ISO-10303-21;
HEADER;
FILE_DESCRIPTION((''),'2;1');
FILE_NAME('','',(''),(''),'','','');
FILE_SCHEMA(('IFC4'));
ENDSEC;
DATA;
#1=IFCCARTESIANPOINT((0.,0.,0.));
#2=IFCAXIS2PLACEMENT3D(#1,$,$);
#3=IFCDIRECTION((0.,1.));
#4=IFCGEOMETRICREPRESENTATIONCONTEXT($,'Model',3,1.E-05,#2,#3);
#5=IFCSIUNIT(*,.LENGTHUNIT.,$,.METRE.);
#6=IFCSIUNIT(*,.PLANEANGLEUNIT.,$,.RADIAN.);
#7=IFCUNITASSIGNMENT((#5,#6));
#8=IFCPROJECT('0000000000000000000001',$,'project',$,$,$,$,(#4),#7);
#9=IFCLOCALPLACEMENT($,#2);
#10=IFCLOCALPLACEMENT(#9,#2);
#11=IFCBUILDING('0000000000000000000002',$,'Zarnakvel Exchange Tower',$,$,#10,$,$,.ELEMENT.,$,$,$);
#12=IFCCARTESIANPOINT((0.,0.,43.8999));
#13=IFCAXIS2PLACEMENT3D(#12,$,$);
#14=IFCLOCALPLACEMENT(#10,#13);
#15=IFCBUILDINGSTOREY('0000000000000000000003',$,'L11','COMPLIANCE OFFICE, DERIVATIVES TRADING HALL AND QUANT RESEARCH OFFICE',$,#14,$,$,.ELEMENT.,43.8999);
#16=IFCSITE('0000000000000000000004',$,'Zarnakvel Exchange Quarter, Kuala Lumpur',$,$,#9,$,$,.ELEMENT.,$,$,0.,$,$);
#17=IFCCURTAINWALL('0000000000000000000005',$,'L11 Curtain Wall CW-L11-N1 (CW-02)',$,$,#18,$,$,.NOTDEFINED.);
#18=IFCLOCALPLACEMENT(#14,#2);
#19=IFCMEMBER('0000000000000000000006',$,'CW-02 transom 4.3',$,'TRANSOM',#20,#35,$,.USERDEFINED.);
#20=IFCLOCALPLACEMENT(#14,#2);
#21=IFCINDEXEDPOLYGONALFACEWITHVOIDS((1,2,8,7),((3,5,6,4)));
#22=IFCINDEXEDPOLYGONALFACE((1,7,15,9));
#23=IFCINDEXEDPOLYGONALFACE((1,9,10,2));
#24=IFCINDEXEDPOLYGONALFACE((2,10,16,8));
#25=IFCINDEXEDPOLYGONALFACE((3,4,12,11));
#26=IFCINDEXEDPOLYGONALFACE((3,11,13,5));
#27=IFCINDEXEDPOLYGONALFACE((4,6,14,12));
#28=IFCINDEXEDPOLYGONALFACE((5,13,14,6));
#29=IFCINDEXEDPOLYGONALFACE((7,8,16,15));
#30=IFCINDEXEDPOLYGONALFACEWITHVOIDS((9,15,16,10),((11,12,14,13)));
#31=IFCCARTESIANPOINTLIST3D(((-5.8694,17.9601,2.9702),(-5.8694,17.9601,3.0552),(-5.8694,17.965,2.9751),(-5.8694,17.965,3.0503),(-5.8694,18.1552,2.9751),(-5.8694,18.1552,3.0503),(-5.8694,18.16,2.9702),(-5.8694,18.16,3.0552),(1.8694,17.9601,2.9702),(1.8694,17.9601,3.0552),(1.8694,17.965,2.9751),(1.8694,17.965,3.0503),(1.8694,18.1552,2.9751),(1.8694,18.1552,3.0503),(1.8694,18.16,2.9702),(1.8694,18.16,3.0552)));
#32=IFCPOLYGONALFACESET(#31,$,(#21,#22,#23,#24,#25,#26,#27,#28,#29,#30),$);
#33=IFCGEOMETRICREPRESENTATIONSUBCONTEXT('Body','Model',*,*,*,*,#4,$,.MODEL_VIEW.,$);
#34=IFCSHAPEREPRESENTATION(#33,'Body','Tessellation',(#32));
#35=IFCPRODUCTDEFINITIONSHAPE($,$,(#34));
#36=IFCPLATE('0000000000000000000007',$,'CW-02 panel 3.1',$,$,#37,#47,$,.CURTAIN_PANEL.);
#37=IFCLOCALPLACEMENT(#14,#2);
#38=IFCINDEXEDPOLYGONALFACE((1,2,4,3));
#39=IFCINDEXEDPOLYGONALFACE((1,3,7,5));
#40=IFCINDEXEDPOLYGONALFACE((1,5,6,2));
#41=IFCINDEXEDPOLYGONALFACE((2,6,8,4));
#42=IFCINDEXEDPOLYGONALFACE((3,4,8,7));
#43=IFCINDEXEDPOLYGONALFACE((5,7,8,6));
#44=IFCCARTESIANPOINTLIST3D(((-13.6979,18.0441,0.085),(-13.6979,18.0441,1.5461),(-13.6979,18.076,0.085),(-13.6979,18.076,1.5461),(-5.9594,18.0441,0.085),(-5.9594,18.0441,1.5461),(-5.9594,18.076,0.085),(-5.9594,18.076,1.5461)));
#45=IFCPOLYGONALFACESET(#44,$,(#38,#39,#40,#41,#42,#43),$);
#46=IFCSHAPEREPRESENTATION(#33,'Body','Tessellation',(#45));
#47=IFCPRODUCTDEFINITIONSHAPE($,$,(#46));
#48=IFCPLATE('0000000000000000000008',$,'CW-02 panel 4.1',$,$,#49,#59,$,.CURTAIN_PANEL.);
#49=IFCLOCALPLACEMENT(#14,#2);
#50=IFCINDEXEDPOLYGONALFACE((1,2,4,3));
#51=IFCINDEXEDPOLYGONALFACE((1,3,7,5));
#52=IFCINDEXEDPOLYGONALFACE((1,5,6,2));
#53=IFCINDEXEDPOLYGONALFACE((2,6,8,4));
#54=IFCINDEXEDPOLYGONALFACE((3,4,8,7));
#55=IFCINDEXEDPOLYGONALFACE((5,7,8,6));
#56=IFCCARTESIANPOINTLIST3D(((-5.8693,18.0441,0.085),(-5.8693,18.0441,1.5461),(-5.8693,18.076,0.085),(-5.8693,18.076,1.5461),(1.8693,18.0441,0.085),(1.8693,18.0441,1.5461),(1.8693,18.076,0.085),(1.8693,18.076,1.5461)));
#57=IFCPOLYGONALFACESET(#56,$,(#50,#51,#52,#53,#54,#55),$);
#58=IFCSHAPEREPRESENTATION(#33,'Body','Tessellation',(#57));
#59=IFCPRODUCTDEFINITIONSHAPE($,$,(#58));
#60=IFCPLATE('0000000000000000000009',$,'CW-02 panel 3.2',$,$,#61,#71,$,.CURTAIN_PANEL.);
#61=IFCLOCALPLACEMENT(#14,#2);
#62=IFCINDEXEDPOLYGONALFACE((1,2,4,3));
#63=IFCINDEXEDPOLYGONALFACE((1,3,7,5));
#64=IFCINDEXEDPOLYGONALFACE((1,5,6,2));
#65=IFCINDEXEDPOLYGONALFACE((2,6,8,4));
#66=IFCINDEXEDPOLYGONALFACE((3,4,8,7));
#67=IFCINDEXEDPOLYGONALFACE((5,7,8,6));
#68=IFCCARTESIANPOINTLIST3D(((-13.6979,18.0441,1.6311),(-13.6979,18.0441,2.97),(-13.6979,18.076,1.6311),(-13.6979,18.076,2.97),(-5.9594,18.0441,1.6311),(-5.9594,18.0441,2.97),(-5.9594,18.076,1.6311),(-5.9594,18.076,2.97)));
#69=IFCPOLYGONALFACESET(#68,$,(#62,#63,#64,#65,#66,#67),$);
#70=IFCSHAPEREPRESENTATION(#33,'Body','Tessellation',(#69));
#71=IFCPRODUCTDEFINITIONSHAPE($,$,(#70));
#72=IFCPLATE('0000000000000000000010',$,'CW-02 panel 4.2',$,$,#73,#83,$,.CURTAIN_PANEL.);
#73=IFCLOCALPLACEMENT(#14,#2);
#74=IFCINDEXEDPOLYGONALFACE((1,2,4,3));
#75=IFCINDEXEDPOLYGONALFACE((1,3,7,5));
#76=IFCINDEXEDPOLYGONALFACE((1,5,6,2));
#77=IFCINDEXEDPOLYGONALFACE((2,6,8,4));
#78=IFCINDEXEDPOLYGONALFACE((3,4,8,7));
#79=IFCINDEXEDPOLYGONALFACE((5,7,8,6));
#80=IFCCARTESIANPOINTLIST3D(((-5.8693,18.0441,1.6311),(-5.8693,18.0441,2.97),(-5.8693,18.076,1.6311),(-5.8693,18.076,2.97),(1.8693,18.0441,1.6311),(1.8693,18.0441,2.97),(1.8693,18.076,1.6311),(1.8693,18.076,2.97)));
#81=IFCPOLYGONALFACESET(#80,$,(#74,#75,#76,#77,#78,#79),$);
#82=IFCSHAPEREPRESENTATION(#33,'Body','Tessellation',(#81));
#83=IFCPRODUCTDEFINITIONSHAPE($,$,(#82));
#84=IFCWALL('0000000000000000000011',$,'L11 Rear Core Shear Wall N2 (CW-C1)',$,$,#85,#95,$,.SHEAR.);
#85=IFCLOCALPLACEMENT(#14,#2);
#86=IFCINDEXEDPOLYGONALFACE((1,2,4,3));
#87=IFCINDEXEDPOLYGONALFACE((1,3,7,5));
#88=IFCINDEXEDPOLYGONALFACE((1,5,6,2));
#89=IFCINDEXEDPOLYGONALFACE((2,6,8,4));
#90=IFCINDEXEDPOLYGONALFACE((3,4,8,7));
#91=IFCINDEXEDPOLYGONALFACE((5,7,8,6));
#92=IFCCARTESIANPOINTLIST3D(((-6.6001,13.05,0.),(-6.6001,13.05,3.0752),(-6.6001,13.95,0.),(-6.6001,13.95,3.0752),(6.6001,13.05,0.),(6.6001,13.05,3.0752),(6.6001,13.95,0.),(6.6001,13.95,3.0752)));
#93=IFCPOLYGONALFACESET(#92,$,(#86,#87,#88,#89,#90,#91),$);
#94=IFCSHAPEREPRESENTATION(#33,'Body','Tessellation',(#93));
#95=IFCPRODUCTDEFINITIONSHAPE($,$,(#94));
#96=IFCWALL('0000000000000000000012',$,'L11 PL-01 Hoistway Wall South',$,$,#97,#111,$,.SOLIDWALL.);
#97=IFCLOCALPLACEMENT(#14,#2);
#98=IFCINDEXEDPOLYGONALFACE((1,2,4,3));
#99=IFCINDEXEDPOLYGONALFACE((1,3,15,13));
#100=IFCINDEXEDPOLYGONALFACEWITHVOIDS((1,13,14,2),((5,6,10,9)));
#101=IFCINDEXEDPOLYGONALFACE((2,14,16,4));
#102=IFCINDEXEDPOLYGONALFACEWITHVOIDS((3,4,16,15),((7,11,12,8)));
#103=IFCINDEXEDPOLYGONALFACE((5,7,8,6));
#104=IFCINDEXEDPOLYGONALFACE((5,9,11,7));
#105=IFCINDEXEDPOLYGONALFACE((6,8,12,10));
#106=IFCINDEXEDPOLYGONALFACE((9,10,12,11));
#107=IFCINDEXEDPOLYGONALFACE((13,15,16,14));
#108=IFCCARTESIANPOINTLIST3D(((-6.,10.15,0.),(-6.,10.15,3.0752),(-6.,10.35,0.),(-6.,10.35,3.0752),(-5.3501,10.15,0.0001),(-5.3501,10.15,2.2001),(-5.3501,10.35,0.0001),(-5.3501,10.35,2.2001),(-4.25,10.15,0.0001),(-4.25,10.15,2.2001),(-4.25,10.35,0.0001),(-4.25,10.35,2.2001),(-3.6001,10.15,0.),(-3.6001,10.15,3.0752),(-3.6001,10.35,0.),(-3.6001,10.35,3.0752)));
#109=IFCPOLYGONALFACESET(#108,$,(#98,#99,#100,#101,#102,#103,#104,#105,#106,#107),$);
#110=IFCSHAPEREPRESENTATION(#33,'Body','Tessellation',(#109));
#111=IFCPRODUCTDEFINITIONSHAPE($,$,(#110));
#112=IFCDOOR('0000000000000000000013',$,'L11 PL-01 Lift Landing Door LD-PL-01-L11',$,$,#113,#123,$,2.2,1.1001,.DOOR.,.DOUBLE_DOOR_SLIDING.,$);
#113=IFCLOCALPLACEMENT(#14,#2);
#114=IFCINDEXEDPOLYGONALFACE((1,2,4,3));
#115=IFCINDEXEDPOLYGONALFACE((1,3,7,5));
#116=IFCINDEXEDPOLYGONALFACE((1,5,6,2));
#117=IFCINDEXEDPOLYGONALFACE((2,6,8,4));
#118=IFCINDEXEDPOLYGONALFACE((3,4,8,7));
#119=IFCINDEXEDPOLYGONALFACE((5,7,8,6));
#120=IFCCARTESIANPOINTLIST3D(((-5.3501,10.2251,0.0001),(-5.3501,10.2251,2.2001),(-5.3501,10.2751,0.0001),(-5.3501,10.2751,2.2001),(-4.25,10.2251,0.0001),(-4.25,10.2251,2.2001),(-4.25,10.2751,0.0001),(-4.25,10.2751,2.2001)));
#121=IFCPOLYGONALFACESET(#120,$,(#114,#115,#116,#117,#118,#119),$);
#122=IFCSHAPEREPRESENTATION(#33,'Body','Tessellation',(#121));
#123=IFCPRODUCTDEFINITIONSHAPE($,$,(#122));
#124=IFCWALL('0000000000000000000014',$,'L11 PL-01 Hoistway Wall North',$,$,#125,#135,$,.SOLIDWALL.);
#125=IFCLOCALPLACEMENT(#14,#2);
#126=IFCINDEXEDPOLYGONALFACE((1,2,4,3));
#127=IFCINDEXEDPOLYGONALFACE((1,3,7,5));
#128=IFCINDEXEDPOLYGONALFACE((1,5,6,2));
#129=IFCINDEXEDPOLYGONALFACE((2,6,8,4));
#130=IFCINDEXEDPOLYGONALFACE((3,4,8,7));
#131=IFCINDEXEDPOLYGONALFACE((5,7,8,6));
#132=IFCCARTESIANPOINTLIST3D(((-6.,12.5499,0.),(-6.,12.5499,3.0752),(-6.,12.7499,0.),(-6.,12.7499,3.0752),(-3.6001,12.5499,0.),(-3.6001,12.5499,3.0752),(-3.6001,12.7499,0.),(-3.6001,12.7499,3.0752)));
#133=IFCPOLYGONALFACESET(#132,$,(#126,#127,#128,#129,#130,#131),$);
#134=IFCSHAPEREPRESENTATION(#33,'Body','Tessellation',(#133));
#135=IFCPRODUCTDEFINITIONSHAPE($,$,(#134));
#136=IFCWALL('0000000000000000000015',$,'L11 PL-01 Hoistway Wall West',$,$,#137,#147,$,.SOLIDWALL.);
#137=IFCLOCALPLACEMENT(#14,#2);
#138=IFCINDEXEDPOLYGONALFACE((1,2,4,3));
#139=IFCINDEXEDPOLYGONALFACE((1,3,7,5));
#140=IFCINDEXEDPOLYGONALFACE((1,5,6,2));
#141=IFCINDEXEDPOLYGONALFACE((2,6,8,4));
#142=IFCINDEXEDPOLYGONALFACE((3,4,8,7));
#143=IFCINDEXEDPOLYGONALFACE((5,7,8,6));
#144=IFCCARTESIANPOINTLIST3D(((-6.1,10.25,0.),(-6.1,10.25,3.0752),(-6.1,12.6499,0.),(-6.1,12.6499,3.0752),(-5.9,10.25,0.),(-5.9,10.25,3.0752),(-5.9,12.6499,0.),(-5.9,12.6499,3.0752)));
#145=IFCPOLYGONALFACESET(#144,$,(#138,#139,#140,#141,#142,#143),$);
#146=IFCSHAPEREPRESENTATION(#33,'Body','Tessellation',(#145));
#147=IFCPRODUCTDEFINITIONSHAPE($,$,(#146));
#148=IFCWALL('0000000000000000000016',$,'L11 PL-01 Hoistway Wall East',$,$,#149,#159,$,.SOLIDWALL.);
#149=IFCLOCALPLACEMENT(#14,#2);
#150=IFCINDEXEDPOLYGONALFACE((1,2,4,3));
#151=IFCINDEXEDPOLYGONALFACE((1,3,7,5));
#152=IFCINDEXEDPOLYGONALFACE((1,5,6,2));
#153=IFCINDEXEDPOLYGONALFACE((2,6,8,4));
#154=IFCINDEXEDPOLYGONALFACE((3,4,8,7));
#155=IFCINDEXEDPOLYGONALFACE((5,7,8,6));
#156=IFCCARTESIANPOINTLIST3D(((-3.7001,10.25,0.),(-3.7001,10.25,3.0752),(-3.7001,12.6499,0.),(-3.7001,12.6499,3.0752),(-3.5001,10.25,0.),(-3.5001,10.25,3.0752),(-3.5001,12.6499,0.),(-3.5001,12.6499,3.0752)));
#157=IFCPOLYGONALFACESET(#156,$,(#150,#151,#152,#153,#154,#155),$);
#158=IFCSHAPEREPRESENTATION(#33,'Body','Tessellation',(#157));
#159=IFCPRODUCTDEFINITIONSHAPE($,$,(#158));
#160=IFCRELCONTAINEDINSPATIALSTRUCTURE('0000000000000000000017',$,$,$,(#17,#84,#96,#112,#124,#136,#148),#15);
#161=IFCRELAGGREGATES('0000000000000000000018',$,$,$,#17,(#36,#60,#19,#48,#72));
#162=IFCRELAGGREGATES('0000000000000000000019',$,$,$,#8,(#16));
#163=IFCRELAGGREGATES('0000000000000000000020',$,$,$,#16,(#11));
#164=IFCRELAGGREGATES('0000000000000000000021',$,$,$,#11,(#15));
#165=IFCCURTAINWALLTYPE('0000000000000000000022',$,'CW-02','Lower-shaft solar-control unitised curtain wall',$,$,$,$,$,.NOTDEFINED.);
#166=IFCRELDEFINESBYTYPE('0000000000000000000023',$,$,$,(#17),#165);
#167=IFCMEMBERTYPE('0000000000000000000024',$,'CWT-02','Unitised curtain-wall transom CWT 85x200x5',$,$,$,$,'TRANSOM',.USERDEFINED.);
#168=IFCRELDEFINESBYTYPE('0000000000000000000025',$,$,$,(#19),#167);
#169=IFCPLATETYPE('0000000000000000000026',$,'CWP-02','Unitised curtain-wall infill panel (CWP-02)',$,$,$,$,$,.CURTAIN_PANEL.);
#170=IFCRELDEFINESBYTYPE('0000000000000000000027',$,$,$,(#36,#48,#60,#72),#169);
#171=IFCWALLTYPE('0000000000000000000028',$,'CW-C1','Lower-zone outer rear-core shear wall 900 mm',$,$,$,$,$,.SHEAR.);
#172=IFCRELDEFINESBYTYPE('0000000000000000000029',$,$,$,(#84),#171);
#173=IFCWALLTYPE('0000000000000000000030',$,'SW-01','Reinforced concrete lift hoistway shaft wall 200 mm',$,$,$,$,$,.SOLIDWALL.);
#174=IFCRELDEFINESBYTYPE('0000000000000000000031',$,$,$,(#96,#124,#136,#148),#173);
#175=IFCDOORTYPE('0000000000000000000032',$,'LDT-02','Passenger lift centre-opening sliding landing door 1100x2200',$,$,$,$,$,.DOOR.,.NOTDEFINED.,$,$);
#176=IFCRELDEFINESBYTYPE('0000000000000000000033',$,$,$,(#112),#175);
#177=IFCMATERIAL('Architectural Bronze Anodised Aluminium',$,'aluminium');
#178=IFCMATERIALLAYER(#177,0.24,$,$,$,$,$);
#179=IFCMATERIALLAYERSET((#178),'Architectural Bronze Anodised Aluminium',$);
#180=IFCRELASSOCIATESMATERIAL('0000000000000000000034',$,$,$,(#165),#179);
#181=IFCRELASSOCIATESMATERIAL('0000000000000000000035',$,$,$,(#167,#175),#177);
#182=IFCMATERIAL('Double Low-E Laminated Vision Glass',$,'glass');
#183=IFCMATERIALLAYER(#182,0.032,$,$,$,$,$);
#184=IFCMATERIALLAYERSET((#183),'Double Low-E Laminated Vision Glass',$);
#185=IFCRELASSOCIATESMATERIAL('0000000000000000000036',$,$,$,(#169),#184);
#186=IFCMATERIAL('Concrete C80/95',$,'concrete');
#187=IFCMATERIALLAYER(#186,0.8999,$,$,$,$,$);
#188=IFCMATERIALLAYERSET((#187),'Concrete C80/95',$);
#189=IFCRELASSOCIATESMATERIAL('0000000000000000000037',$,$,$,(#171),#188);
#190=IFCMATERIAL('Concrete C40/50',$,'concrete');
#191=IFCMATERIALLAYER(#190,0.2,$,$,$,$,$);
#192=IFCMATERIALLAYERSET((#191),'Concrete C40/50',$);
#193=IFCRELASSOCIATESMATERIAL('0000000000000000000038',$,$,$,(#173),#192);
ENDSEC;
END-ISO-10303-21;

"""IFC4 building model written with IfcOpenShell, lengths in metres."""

from ifc_helpers import new_model, si_unit, direction, frame, frame_2d, origin, origin_2d, place, context, subcontext, project, spatial, rectangle, hollow_rectangle, extrude, source, transform, mapped, material, layer, layer_set, material_profile, profile_set, type_object, element, fill, aggregate, save


model = new_model("IFC4")

# Units and contexts
model_context = context("Model", 3, precision=1e-05, world=origin(), true_north=direction((0.0, 1.0)))
body_context = subcontext(model_context, "Body", "Model", "MODEL_VIEW")
ifc_project = project(units=[si_unit("LENGTHUNIT", "METRE"), si_unit("PLANEANGLEUNIT", "RADIAN")], contexts=[model_context])

# Site, building, storey
site_placement = place(None, origin())
site = spatial("IfcSite", under=ifc_project, at=site_placement, Name="Zarnakvel Exchange Quarter, Kuala Lumpur", CompositionType="ELEMENT", RefElevation=0.0)
building_placement = place(site_placement, origin())
building = spatial("IfcBuilding", under=site, at=building_placement, Name="Zarnakvel Exchange Tower", CompositionType="ELEMENT")
storey_placement = place(building_placement, frame((0.0, 0.0, 43.8999)))
storey = spatial("IfcBuildingStorey", under=building, at=storey_placement, Name="L11", Description="COMPLIANCE OFFICE, DERIVATIVES TRADING HALL AND QUANT RESEARCH OFFICE", CompositionType="ELEMENT", Elevation=43.8999)

# Shared definitions
ifc_material_1 = material(Name="Concrete C80/95", Category="concrete")

# Curtain wall, member, plates
ifc_material_2 = material(Name="Architectural Bronze Anodised Aluminium", Category="aluminium")
ifc_layer_1 = layer(ifc_material_2, 0.24)
ifc_layer_set_1 = layer_set([ifc_layer_1], Name="Architectural Bronze Anodised Aluminium")
curtain_wall_type = type_object("IfcCurtainWallType", Name="CW-02", Description="Lower-shaft solar-control unitised curtain wall", PredefinedType="NOTDEFINED", material=ifc_layer_set_1)
curtain_wall_placement = place(storey_placement, origin())
curtain_wall = element("IfcCurtainWall", 1, at=curtain_wall_placement, inside=storey, type_object=curtain_wall_type, Name="L11 Curtain Wall CW-L11-N1 (CW-02)", PredefinedType="NOTDEFINED")
ifc_material_profile_1 = material_profile(ifc_material_2, hollow_rectangle(XDim=0.2, YDim=0.085, WallThickness=0.0049, at=origin_2d()))
ifc_profile_set_1 = profile_set([ifc_material_profile_1], Name="Architectural Bronze Anodised Aluminium")
member_type_1 = type_object("IfcMemberType", Name="CWT-02", Description="Unitised curtain-wall transom CWT 85x200x5", ElementType="TRANSOM", PredefinedType="USERDEFINED", material=ifc_profile_set_1)
shared_shape_1 = source(origin(), body_context, "Body", "SweptSolid", [
    extrude(hollow_rectangle(XDim=0.2, YDim=0.085, WallThickness=0.0049, at=origin_2d()), origin(), (0.0, 0.0, 1.0), 7.7388),
])
member_1_placement = place(storey_placement, frame((-5.8694, 18.0601, 3.0127), z_axis=(1.0, 0.0, 0.0), x_axis=(0.0, 1.0, 0.0)))
member_1 = element("IfcMember", 2, at=member_1_placement, type_object=member_type_1, Name="CW-02 transom 4.3", ObjectType="TRANSOM", PredefinedType="USERDEFINED", context=body_context, shape_type="MappedRepresentation", body=[
    mapped(shared_shape_1, transform((0.0, 0.0, 0.0), x_axis=(1.0, 0.0, 0.0), y_axis=(0.0, 1.0, 0.0), z_axis=(0.0, 0.0, 1.0), scale=1.0)),
])
ifc_material_3 = material(Name="Double Low-E Laminated Vision Glass", Category="glass")
ifc_layer_2 = layer(ifc_material_3, 0.032)
ifc_layer_set_2 = layer_set([ifc_layer_2], Name="Double Low-E Laminated Vision Glass")
plate_type = type_object("IfcPlateType", Name="CWP-02", Description="Unitised curtain-wall infill panel (CWP-02)", PredefinedType="CURTAIN_PANEL", material=ifc_layer_set_2)
shared_shape_2 = source(origin(), body_context, "Body", "SweptSolid", [
    extrude(rectangle(XDim=7.7385, YDim=0.032, at=origin_2d()), origin(), (0.0, 0.0, 1.0), 1.4612),
])
plate_1_placement = place(storey_placement, frame((-9.8286, 18.0601, 0.085), z_axis=(0.0, 0.0, 1.0), x_axis=(1.0, 0.0, 0.0)))
plate_1 = element("IfcPlate", 3, at=plate_1_placement, type_object=plate_type, Name="CW-02 panel 3.1", PredefinedType="CURTAIN_PANEL", context=body_context, shape_type="MappedRepresentation", body=[
    mapped(shared_shape_2, transform((0.0, 0.0, 0.0), x_axis=(1.0, 0.0, 0.0), y_axis=(0.0, 1.0, 0.0), z_axis=(0.0, 0.0, 1.0), scale=1.0)),
])
plate_2_placement = place(storey_placement, frame((-2.0, 18.0601, 0.085), z_axis=(0.0, 0.0, 1.0), x_axis=(1.0, 0.0, 0.0)))
plate_2 = element("IfcPlate", 4, at=plate_2_placement, type_object=plate_type, Name="CW-02 panel 4.1", PredefinedType="CURTAIN_PANEL", context=body_context, shape_type="MappedRepresentation", body=[
    mapped(shared_shape_2, transform((0.0, 0.0, 0.0), x_axis=(1.0, 0.0, 0.0), y_axis=(0.0, 1.0, 0.0), z_axis=(0.0, 0.0, 1.0), scale=1.0)),
])
shared_shape_3 = source(origin(), body_context, "Body", "SweptSolid", [
    extrude(rectangle(XDim=7.7385, YDim=0.032, at=origin_2d()), origin(), (0.0, 0.0, 1.0), 1.3389),
])
plate_3_placement = place(storey_placement, frame((-9.8286, 18.0601, 1.6311), z_axis=(0.0, 0.0, 1.0), x_axis=(1.0, 0.0, 0.0)))
plate_3 = element("IfcPlate", 5, at=plate_3_placement, type_object=plate_type, Name="CW-02 panel 3.2", PredefinedType="CURTAIN_PANEL", context=body_context, shape_type="MappedRepresentation", body=[
    mapped(shared_shape_3, transform((0.0, 0.0, 0.0), x_axis=(1.0, 0.0, 0.0), y_axis=(0.0, 1.0, 0.0), z_axis=(0.0, 0.0, 1.0), scale=1.0)),
])
plate_4_placement = place(storey_placement, frame((-2.0, 18.0601, 1.6311), z_axis=(0.0, 0.0, 1.0), x_axis=(1.0, 0.0, 0.0)))
plate_4 = element("IfcPlate", 6, at=plate_4_placement, type_object=plate_type, Name="CW-02 panel 4.2", PredefinedType="CURTAIN_PANEL", context=body_context, shape_type="MappedRepresentation", body=[
    mapped(shared_shape_3, transform((0.0, 0.0, 0.0), x_axis=(1.0, 0.0, 0.0), y_axis=(0.0, 1.0, 0.0), z_axis=(0.0, 0.0, 1.0), scale=1.0)),
])
aggregate(curtain_wall, [plate_1, plate_3, member_1, plate_2, plate_4])

# Wall
ifc_layer_3 = layer(ifc_material_1, 0.8999)
ifc_layer_set_3 = layer_set([ifc_layer_3], Name="Concrete C80/95")
wall_type_1 = type_object("IfcWallType", Name="CW-C1", Description="Lower-zone outer rear-core shear wall 900 mm", PredefinedType="SHEAR", material=ifc_layer_set_3)
wall_1_placement = place(storey_placement, frame((-6.6001, 13.5, 0.0), z_axis=(0.0, 0.0, 1.0), x_axis=(1.0, 0.0, 0.0)))
element("IfcWall", 7, at=wall_1_placement, inside=storey, type_object=wall_type_1, Name="L11 Rear Core Shear Wall N2 (CW-C1)", PredefinedType="SHEAR", context=body_context, shape_type="SweptSolid", body=[
    extrude(rectangle(XDim=13.2002, YDim=0.8999, at=frame_2d((6.6001, 0.0))), origin(), (0.0, 0.0, 1.0), 3.0752),
])

# Wall, opening, door
ifc_material_4 = material(Name="Concrete C40/50", Category="concrete")
ifc_layer_4 = layer(ifc_material_4, 0.2)
ifc_layer_set_4 = layer_set([ifc_layer_4], Name="Concrete C40/50")
wall_type_2 = type_object("IfcWallType", Name="SW-01", Description="Reinforced concrete lift hoistway shaft wall 200 mm", PredefinedType="SOLIDWALL", material=ifc_layer_set_4)
wall_2_placement = place(storey_placement, frame((-3.6001, 10.25, 0.0), z_axis=(0.0, 0.0, 1.0), x_axis=(-1.0, 0.0, 0.0)))
wall_2 = element("IfcWall", 8, at=wall_2_placement, inside=storey, type_object=wall_type_2, Name="L11 PL-01 Hoistway Wall South", PredefinedType="SOLIDWALL", context=body_context, shape_type="SweptSolid", body=[
    extrude(rectangle(XDim=2.3999, YDim=0.2, at=frame_2d((1.2, 0.0))), origin(), (0.0, 0.0, 1.0), 3.0752),
])
opening_1_placement = place(wall_2_placement, frame((0.6499, 0.0, 0.0)))
opening_1 = element("IfcOpeningElement", 9, at=opening_1_placement, cuts=wall_2, PredefinedType="OPENING", context=body_context, shape_type="SweptSolid", body=[
    extrude(rectangle(XDim=1.1001, YDim=2.2, at=frame_2d((0.55, 1.1001))), frame((0.0, 0.1099, 0.0), z_axis=(0.0, -1.0, 0.0), x_axis=(1.0, 0.0, 0.0)), (0.0, 0.0, 1.0), 0.22),
])
door_type = type_object("IfcDoorType", Name="LDT-02", Description="Passenger lift centre-opening sliding landing door 1100x2200", OperationType="NOTDEFINED", PredefinedType="DOOR", material=ifc_material_2)
shared_shape_4 = source(origin(), body_context, "Body", "SweptSolid", [
    extrude(rectangle(XDim=1.1001, YDim=2.2, at=frame_2d((0.55, 1.1001))), frame((0.0, 0.0249, 0.0), z_axis=(0.0, -1.0, 0.0), x_axis=(1.0, 0.0, 0.0)), (0.0, 0.0, 1.0), 0.05),
])
door_1_placement = place(opening_1_placement, origin())
door_1 = element("IfcDoor", 10, at=door_1_placement, inside=storey, type_object=door_type, Name="L11 PL-01 Lift Landing Door LD-PL-01-L11", OperationType="DOUBLE_DOOR_SLIDING", OverallHeight=2.2, OverallWidth=1.1001, PredefinedType="DOOR", context=body_context, shape_type="MappedRepresentation", body=[
    mapped(shared_shape_4, transform((0.0, 0.0, 0.0), x_axis=(1.0, 0.0, 0.0), y_axis=(0.0, 1.0, 0.0), z_axis=(0.0, 0.0, 1.0), scale=1.0)),
])
fill(opening_1, door_1)

# Walls
for number, where, z_axis, x_axis, name in (
    (11, (-6.0, 12.6499, 0.0), (0.0, 0.0, 1.0), (1.0, 0.0, 0.0), "L11 PL-01 Hoistway Wall North"),
    (12, (-6.0, 10.25, 0.0), (0.0, 0.0, 1.0), (0.0, 1.0, 0.0), "L11 PL-01 Hoistway Wall West"),
    (13, (-3.6001, 12.6499, 0.0), (0.0, 0.0, 1.0), (0.0, -1.0, 0.0), "L11 PL-01 Hoistway Wall East"),
):
    element("IfcWall", number, at=place(storey_placement, frame(where, z_axis=z_axis, x_axis=x_axis)), inside=storey, type_object=wall_type_2, Name=name, PredefinedType="SOLIDWALL", context=body_context, shape_type="SweptSolid", body=[
        extrude(rectangle(XDim=2.3999, YDim=0.2, at=frame_2d((1.2, 0.0))), origin(), (0.0, 0.0, 1.0), 3.0752),
    ])

save(model, "model.ifc")
